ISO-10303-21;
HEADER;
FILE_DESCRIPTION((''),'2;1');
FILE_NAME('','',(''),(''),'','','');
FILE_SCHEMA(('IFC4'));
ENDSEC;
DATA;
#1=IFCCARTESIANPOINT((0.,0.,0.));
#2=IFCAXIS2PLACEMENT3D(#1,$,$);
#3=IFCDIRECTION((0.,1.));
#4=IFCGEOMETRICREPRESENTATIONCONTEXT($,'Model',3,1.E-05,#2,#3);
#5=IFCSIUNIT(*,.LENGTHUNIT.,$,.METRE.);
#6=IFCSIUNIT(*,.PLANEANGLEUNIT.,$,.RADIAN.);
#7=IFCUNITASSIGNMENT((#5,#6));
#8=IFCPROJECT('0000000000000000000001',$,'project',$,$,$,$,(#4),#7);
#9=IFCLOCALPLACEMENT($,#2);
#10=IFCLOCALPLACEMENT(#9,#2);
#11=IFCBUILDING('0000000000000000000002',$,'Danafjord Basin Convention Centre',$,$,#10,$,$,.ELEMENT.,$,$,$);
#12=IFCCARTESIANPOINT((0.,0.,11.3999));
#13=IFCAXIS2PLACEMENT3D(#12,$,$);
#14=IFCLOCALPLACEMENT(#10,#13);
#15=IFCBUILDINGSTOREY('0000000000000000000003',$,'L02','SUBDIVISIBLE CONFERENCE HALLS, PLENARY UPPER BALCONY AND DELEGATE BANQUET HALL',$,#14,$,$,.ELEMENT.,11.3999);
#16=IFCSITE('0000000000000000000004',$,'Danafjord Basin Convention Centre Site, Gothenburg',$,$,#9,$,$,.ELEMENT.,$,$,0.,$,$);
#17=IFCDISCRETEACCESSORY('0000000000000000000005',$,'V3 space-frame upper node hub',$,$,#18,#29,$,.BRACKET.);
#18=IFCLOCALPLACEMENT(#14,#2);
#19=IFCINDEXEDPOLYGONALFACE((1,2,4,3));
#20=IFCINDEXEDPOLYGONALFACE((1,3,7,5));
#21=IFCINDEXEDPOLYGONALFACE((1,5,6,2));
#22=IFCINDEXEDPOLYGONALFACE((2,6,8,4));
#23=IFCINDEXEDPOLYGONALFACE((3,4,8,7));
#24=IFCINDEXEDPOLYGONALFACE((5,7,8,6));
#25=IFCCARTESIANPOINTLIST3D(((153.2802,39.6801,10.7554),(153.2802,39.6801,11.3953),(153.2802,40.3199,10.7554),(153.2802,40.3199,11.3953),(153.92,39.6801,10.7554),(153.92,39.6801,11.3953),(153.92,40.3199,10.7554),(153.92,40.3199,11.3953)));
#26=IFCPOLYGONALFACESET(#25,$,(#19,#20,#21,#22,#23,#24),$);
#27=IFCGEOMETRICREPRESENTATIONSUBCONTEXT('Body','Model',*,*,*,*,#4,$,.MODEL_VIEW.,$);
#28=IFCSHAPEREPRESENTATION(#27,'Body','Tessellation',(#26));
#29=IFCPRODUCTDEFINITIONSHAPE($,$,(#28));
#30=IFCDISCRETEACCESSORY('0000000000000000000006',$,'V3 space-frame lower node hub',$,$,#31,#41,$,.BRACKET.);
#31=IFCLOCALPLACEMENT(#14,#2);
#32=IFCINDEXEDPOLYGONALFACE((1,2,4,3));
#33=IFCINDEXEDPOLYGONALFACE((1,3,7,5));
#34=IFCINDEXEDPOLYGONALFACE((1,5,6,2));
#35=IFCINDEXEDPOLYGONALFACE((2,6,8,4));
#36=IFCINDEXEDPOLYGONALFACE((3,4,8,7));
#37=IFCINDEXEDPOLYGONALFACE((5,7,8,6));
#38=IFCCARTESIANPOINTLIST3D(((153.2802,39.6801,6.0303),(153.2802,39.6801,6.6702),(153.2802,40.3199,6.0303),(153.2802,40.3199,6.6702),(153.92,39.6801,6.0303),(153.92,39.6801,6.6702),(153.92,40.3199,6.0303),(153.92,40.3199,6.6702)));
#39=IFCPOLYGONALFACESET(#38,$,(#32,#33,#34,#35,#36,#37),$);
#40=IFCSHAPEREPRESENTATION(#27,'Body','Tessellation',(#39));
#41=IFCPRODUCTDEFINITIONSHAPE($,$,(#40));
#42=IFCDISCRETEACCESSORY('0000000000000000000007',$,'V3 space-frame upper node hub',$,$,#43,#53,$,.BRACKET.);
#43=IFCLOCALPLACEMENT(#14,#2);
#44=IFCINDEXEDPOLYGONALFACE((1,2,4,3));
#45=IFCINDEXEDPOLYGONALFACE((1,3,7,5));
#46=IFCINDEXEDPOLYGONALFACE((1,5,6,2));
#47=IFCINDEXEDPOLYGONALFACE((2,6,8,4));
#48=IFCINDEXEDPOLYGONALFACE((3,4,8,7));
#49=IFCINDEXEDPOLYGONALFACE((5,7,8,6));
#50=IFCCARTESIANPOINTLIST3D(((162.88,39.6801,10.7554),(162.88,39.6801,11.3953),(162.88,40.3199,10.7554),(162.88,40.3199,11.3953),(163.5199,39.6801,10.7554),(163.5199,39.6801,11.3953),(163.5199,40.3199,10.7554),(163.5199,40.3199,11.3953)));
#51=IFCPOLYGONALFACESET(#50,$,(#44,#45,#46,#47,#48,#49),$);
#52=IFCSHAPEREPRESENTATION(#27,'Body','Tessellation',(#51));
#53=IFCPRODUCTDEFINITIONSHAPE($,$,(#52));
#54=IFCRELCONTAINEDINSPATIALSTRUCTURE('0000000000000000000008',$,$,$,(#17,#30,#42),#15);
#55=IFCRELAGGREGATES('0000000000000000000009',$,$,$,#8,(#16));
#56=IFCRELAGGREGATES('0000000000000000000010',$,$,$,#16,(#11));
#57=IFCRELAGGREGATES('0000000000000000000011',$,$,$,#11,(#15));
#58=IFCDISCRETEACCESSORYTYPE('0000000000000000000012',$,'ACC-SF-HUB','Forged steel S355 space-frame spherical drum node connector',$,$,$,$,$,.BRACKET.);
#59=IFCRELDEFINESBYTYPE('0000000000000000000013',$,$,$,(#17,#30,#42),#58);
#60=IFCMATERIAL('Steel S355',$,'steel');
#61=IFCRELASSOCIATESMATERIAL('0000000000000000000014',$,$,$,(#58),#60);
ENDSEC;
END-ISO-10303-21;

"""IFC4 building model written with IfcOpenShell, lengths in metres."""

from ifc_helpers import new_model, si_unit, direction, frame, origin, origin_2d, place, context, subcontext, project, spatial, rectangle, extrude, material, type_object, element, save


model = new_model("IFC4")

# Units and contexts
model_context = context("Model", 3, precision=1e-05, world=origin(), true_north=direction((0.0, 1.0)))
body_context = subcontext(model_context, "Body", "Model", "MODEL_VIEW")
ifc_project = project(units=[si_unit("LENGTHUNIT", "METRE"), si_unit("PLANEANGLEUNIT", "RADIAN")], contexts=[model_context])

# Site, building, storey
site_placement = place(None, origin())
site = spatial("IfcSite", under=ifc_project, at=site_placement, Name="Danafjord Basin Convention Centre Site, Gothenburg", CompositionType="ELEMENT", RefElevation=0.0)
building_placement = place(site_placement, origin())
building = spatial("IfcBuilding", under=site, at=building_placement, Name="Danafjord Basin Convention Centre", CompositionType="ELEMENT")
storey_placement = place(building_placement, frame((0.0, 0.0, 11.3999)))
storey = spatial("IfcBuildingStorey", under=building, at=storey_placement, Name="L02", Description="SUBDIVISIBLE CONFERENCE HALLS, PLENARY UPPER BALCONY AND DELEGATE BANQUET HALL", CompositionType="ELEMENT", Elevation=11.3999)

# Shared definitions
ifc_material_1 = material(Name="Steel S355", Category="steel")

# Discrete accessories
discrete_accessory_type = type_object("IfcDiscreteAccessoryType", Name="ACC-SF-HUB", Description="Forged steel S355 space-frame spherical drum node connector", PredefinedType="BRACKET", material=ifc_material_1)
for number, where, z_axis, x_axis, name in (
    (1, (153.6001, 40.0, 10.7554), (0.0, 0.0, 1.0), (1.0, 0.0, 0.0), "V3 space-frame upper node hub"),
    (2, (153.6001, 40.0, 6.0303), (0.0, 0.0, 1.0), (1.0, 0.0, 0.0), "V3 space-frame lower node hub"),
    (3, (163.2, 40.0, 10.7554), (0.0, 0.0, 1.0), (1.0, 0.0, 0.0), "V3 space-frame upper node hub"),
):
    element("IfcDiscreteAccessory", number, at=place(storey_placement, frame(where, z_axis=z_axis, x_axis=x_axis)), inside=storey, type_object=discrete_accessory_type, Name=name, PredefinedType="BRACKET", context=body_context, shape_type="SweptSolid", body=[
        extrude(rectangle(XDim=0.6399, YDim=0.6399, at=origin_2d()), origin(), (0.0, 0.0, 1.0), 0.6399),
    ])

save(model, "model.ifc")
